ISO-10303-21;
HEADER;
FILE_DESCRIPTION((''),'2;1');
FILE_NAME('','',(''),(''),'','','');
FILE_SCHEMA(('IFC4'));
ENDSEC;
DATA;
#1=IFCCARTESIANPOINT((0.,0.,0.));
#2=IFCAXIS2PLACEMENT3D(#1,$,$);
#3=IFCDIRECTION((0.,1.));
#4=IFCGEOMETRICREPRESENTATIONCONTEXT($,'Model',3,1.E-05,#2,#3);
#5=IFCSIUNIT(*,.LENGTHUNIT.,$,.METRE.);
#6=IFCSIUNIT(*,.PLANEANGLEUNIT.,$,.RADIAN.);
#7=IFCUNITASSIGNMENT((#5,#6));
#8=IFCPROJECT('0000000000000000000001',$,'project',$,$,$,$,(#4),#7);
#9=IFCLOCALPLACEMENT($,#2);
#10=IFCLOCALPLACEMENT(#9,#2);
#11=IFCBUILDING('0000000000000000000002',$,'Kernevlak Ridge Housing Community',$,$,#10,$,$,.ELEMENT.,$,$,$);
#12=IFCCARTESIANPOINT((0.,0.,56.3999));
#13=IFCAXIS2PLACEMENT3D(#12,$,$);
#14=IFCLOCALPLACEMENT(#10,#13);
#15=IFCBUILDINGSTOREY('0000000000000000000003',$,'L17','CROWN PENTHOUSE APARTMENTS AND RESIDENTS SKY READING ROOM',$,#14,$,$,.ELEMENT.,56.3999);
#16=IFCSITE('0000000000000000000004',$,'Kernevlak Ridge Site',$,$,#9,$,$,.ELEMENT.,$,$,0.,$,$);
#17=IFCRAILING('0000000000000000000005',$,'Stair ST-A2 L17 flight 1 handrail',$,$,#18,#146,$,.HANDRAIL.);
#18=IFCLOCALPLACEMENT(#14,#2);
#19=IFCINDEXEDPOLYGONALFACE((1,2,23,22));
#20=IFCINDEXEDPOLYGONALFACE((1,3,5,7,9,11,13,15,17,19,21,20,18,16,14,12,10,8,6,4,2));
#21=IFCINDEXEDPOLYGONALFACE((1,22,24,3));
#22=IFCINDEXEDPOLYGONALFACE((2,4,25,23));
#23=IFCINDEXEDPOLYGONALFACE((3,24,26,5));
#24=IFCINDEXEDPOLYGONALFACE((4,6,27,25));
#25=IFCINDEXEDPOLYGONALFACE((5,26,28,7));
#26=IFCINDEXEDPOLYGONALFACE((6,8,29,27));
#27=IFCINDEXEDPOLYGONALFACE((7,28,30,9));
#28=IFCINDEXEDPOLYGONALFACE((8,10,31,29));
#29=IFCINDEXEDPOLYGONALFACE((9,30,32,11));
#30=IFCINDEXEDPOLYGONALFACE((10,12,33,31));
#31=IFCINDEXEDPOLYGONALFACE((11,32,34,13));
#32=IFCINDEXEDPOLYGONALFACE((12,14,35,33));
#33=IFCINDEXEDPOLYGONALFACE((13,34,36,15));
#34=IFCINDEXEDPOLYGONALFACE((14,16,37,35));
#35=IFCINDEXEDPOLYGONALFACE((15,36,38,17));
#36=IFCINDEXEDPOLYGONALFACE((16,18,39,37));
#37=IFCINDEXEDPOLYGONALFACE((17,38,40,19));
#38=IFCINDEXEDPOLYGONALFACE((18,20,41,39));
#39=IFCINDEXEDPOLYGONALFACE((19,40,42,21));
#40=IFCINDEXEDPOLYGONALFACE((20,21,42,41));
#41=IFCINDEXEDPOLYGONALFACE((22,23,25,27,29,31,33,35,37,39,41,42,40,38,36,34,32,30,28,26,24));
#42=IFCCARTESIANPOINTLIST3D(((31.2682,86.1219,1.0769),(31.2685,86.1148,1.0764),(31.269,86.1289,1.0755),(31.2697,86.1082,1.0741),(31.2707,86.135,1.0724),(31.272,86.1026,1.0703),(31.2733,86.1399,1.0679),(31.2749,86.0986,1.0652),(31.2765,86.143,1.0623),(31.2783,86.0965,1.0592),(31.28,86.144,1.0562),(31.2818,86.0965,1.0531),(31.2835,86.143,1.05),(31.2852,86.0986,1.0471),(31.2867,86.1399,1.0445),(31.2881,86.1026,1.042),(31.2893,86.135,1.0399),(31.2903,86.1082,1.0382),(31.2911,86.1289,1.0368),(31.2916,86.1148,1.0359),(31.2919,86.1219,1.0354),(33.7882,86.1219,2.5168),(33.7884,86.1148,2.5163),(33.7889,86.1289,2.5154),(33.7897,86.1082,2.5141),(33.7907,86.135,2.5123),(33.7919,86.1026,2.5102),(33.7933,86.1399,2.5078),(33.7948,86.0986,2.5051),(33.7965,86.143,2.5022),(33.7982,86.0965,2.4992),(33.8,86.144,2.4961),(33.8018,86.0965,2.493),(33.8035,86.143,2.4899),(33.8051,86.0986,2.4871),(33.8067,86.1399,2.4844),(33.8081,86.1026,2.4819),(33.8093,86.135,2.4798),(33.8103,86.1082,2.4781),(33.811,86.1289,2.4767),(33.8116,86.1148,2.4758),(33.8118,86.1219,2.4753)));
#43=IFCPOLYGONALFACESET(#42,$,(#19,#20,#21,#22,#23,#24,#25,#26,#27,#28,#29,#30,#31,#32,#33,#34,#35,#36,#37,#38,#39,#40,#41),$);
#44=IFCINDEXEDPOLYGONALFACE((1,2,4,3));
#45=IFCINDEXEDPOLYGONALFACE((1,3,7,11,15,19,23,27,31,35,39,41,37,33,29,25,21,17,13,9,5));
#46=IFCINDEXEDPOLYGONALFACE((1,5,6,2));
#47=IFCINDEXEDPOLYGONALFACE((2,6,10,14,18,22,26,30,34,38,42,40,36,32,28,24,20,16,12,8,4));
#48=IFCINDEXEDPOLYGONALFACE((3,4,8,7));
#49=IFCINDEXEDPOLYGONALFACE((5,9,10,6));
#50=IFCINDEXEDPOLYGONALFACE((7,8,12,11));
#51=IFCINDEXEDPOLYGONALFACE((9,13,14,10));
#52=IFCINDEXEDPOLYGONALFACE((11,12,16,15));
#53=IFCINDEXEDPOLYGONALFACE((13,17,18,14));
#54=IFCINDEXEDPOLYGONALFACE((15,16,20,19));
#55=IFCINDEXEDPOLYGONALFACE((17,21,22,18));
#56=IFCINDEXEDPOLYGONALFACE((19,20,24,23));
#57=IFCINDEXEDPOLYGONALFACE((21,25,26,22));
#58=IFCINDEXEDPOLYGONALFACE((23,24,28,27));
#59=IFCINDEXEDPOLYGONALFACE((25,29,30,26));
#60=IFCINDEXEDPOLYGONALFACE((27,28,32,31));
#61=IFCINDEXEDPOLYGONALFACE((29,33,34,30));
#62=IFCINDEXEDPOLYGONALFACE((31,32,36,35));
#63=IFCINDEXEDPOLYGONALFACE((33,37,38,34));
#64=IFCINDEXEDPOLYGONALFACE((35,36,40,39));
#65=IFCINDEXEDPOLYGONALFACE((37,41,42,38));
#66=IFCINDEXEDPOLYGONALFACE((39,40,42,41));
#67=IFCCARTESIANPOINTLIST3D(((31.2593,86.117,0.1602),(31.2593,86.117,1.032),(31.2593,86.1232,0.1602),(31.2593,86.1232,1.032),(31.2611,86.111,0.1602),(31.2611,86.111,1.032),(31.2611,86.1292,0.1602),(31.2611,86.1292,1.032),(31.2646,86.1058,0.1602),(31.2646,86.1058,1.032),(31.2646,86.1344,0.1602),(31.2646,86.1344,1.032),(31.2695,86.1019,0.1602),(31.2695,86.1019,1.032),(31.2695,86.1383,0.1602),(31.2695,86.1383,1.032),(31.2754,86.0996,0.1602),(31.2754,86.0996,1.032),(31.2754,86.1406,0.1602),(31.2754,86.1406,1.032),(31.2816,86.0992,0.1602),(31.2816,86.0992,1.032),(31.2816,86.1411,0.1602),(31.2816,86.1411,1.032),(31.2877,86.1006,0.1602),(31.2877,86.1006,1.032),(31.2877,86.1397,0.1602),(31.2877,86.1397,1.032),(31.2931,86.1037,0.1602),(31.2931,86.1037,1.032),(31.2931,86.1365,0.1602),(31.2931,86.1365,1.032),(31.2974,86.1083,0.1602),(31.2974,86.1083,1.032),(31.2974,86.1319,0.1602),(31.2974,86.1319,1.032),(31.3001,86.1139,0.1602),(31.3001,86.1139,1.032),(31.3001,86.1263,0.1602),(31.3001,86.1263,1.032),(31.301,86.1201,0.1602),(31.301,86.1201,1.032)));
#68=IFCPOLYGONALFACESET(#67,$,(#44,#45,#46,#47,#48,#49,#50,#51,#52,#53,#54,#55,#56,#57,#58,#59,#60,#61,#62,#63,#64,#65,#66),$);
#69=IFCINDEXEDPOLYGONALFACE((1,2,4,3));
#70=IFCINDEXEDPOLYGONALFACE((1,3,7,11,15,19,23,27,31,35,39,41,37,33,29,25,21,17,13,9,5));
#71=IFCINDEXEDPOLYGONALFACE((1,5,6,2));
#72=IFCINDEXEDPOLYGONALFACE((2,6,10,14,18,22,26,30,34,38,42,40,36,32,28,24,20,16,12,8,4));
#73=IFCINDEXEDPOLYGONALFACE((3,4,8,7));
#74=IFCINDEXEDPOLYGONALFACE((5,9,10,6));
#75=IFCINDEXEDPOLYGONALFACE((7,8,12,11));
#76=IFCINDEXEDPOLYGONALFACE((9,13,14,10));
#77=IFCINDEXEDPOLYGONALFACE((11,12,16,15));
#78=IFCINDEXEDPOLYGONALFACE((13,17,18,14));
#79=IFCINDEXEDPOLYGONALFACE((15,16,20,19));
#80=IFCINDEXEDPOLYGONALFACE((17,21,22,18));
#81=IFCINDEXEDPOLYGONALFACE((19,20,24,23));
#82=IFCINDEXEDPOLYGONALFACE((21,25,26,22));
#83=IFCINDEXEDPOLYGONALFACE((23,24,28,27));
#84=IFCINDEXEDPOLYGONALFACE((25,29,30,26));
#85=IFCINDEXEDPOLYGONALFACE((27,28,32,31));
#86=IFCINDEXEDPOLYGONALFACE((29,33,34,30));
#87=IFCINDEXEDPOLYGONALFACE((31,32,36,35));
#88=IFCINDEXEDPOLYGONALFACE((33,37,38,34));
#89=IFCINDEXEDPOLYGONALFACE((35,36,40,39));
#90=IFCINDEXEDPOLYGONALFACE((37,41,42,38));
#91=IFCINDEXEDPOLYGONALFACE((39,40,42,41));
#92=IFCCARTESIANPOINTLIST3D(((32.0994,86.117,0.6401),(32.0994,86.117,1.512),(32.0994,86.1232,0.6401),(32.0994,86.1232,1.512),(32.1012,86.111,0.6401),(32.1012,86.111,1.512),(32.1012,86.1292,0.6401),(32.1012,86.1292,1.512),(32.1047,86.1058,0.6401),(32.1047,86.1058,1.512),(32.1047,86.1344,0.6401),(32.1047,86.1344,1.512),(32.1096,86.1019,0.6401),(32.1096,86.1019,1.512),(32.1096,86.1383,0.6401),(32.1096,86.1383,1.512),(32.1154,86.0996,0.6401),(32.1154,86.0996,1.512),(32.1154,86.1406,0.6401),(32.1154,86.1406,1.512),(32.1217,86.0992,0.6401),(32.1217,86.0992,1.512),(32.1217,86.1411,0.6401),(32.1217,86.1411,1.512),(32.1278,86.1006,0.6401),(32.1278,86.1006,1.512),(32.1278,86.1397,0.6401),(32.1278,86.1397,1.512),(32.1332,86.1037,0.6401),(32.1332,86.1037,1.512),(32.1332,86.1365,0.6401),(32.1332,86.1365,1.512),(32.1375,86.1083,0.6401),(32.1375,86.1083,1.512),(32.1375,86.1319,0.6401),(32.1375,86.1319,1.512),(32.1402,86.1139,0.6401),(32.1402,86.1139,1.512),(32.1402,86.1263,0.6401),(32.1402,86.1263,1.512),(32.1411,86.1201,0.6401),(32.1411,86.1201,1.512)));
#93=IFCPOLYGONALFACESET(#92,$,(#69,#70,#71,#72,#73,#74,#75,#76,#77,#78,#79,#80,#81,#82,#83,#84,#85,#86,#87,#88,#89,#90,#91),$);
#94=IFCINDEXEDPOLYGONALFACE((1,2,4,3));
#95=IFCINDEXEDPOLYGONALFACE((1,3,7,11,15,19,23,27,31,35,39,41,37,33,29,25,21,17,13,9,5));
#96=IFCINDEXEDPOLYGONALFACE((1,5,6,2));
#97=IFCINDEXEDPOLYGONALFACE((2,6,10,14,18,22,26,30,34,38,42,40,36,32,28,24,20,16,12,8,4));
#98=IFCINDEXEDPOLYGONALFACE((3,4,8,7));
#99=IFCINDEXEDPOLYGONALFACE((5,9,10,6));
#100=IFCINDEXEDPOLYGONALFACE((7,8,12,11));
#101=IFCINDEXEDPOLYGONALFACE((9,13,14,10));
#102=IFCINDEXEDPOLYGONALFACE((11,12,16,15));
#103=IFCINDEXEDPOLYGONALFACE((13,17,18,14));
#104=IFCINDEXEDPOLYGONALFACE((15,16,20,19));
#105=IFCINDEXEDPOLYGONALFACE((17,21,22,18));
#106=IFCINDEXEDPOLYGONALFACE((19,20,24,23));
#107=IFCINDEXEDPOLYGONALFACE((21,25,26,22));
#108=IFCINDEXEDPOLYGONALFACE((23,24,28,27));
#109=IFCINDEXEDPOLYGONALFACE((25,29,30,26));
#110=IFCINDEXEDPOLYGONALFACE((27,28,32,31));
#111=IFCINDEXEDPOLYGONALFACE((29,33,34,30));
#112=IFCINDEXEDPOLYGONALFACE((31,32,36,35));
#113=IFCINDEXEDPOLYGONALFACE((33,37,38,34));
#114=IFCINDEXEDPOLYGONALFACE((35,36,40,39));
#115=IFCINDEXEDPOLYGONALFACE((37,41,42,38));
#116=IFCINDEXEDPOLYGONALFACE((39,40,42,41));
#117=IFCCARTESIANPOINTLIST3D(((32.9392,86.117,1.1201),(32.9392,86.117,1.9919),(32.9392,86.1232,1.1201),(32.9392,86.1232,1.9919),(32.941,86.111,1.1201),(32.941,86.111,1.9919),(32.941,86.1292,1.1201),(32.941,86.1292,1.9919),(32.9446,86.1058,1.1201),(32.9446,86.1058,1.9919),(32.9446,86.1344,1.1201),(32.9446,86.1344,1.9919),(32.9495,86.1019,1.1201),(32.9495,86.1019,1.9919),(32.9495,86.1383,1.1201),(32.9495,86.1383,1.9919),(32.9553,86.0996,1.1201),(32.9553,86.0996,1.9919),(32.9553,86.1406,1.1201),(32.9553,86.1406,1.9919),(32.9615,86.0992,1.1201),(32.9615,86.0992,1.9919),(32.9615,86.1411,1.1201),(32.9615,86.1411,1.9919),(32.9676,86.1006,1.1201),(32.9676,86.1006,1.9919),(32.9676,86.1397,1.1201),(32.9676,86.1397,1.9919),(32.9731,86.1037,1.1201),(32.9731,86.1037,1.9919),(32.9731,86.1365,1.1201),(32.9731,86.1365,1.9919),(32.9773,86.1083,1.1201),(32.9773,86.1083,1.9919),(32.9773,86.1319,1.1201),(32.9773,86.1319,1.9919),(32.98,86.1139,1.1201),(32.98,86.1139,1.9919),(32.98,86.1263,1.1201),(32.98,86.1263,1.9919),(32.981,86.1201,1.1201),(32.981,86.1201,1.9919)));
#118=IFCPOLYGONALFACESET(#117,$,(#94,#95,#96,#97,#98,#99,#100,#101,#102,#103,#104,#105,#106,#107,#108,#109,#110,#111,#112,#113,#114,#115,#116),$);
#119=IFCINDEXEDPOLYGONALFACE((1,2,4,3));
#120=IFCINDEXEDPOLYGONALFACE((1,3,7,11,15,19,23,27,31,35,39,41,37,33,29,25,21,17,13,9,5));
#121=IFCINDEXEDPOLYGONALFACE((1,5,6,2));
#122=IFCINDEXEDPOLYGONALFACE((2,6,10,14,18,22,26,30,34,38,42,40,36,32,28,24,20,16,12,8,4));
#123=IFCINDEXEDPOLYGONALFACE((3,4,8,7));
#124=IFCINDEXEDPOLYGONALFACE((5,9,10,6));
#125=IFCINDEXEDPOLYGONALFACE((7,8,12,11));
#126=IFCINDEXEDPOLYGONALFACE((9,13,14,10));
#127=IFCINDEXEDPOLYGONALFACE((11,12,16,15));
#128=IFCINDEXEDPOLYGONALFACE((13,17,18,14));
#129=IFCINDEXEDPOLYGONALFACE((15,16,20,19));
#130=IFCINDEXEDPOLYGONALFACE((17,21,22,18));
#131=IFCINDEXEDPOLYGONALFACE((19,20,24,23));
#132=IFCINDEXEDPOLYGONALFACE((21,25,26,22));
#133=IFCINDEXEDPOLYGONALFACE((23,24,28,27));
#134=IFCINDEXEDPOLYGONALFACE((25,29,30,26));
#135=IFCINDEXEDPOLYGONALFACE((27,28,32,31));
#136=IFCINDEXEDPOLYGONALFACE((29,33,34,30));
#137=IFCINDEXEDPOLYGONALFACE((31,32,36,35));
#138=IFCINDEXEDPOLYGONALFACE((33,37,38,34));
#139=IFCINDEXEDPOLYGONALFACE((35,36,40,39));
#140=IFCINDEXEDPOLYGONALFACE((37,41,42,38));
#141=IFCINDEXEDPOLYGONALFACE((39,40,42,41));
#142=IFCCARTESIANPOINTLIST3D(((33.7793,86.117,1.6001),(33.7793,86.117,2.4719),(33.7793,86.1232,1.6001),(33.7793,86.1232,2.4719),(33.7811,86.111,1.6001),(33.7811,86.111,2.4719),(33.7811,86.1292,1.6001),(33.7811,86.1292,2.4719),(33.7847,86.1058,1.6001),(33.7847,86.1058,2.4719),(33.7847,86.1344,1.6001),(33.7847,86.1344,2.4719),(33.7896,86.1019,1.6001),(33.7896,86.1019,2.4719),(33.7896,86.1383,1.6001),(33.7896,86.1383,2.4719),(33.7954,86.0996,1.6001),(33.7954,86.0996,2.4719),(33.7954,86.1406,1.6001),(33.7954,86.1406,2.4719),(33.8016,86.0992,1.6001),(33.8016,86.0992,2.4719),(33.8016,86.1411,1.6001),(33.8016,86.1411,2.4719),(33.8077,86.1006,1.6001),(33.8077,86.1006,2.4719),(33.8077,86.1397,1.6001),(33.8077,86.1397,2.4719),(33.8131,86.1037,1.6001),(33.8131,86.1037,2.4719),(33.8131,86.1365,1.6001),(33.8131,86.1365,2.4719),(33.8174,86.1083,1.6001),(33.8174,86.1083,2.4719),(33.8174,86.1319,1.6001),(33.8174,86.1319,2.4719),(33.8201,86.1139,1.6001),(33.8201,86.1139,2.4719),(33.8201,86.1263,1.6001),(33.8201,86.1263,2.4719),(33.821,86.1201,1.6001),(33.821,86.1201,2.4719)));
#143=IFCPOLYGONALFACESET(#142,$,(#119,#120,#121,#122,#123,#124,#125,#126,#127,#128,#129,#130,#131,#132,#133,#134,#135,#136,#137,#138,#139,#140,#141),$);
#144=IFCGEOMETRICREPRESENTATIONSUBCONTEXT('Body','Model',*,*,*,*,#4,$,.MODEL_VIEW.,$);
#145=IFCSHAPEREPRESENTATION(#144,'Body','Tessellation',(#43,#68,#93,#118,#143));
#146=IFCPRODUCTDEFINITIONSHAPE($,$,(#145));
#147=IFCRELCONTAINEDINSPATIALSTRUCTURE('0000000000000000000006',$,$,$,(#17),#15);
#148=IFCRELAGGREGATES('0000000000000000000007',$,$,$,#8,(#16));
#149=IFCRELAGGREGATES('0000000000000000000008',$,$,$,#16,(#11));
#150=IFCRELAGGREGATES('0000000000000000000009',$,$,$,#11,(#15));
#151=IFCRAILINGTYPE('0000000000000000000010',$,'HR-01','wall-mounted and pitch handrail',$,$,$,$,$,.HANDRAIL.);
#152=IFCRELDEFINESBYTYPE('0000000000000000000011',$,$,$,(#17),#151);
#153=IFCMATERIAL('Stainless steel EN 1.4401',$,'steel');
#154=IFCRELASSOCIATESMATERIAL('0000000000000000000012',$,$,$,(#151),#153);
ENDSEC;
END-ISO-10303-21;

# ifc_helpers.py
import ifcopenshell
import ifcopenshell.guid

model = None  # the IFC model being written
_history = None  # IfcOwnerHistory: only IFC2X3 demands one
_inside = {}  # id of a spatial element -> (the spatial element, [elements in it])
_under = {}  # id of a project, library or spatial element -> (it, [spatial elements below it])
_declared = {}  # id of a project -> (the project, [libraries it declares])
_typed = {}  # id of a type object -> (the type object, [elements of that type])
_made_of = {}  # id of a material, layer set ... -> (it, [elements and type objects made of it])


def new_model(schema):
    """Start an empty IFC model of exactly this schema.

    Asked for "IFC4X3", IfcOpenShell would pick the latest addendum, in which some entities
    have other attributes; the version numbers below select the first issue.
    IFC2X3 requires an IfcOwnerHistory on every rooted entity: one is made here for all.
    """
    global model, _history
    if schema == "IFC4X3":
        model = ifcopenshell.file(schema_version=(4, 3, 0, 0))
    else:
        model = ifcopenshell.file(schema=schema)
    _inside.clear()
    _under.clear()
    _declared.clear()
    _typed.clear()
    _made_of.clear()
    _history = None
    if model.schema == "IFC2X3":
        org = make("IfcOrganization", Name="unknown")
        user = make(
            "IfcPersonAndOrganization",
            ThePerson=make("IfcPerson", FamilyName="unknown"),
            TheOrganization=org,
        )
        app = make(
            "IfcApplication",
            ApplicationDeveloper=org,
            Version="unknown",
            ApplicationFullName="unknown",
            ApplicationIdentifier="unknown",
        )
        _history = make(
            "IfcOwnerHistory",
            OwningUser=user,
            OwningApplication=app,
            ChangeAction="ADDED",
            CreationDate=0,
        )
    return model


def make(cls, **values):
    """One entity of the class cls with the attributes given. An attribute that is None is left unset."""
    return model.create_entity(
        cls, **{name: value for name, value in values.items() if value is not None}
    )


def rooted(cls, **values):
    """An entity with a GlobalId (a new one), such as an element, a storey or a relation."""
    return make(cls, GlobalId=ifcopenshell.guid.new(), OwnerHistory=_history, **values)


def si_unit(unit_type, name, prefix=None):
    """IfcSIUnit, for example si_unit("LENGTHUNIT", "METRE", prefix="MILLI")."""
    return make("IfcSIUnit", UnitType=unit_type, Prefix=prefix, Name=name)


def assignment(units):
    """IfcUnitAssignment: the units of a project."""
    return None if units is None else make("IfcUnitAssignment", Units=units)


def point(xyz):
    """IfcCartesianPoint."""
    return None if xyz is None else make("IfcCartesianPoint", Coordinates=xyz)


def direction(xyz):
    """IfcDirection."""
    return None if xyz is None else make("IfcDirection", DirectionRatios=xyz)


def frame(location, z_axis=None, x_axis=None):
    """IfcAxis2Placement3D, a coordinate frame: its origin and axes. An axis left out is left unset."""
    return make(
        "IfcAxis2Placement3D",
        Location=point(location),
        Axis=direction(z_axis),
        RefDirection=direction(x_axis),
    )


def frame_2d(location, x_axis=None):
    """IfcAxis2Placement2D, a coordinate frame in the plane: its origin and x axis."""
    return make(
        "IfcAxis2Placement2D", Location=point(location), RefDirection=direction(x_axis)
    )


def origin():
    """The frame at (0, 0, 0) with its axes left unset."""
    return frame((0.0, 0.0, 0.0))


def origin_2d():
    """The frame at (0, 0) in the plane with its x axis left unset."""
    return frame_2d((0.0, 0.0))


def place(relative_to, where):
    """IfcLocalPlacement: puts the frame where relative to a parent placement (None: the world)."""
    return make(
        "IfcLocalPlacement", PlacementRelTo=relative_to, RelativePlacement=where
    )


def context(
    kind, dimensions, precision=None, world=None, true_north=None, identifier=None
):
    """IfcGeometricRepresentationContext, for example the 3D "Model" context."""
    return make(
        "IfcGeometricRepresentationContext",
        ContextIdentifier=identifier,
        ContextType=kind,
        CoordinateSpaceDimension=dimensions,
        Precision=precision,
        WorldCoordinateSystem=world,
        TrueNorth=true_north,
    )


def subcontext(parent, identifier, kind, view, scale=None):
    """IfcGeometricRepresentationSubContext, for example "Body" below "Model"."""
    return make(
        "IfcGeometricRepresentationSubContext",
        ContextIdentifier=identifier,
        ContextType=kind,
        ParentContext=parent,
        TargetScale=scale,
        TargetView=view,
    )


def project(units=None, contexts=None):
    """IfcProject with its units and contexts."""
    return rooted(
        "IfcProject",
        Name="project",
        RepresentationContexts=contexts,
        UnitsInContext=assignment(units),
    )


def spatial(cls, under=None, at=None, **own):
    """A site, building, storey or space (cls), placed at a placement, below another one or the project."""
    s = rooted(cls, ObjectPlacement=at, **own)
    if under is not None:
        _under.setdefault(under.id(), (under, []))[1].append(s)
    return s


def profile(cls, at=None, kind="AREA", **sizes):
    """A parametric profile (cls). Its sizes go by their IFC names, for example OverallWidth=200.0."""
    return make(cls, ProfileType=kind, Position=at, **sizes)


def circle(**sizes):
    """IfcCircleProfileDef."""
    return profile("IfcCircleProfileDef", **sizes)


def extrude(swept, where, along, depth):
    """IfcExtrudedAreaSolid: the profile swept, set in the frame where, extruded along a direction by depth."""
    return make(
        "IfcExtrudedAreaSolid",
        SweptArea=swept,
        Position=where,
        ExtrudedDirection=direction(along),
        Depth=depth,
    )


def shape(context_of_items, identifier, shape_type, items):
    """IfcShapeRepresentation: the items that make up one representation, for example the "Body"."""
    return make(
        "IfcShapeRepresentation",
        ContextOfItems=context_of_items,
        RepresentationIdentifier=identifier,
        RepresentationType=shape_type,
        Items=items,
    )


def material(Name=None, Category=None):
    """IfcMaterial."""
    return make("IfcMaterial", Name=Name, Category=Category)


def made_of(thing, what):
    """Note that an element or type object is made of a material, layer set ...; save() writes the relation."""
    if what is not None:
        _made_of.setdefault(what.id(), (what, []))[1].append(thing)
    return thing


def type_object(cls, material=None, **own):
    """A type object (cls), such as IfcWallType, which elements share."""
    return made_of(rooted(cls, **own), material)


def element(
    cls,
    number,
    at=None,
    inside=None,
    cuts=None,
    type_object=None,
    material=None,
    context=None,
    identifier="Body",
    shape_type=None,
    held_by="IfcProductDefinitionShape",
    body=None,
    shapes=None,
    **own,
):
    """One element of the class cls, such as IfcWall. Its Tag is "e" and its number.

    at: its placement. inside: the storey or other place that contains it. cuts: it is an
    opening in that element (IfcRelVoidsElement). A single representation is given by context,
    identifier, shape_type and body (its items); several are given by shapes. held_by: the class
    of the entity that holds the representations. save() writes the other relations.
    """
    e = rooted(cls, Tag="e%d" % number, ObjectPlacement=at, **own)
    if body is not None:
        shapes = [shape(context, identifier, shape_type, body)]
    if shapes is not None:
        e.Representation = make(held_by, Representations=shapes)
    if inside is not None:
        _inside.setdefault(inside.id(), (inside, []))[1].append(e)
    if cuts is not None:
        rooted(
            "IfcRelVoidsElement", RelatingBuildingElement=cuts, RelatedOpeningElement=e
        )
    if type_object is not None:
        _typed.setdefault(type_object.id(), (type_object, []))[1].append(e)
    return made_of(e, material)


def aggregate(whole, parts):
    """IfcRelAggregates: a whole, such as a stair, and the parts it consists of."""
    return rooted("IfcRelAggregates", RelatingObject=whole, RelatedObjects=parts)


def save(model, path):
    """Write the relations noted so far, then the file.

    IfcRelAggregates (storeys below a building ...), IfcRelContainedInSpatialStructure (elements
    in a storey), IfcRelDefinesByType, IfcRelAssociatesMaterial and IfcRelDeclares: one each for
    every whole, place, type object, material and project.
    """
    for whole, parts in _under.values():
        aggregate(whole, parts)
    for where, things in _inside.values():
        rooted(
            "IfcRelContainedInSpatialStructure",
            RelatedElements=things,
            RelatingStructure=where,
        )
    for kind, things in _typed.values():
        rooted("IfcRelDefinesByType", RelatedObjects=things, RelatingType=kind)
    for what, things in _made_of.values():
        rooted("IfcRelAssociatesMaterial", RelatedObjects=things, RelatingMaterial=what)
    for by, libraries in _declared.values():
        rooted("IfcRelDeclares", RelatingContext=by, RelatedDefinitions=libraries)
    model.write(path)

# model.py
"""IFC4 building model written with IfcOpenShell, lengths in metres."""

from ifc_helpers import new_model, si_unit, direction, frame, origin, origin_2d, place, context, subcontext, project, spatial, circle, extrude, material, type_object, element, save


model = new_model("IFC4")

# Units and contexts
model_context = context("Model", 3, precision=1e-05, world=origin(), true_north=direction((0.0, 1.0)))
body_context = subcontext(model_context, "Body", "Model", "MODEL_VIEW")
ifc_project = project(units=[si_unit("LENGTHUNIT", "METRE"), si_unit("PLANEANGLEUNIT", "RADIAN")], contexts=[model_context])

# Site, building, storey
site_placement = place(None, origin())
site = spatial("IfcSite", under=ifc_project, at=site_placement, Name="Kernevlak Ridge Site", CompositionType="ELEMENT", RefElevation=0.0)
building_placement = place(site_placement, origin())
building = spatial("IfcBuilding", under=site, at=building_placement, Name="Kernevlak Ridge Housing Community", CompositionType="ELEMENT")
storey_placement = place(building_placement, frame((0.0, 0.0, 56.3999)))
storey = spatial("IfcBuildingStorey", under=building, at=storey_placement, Name="L17", Description="CROWN PENTHOUSE APARTMENTS AND RESIDENTS SKY READING ROOM", CompositionType="ELEMENT", Elevation=56.3999)

# Railing
ifc_material_1 = material(Name="Stainless steel EN 1.4401", Category="steel")
railing_type_1 = type_object("IfcRailingType", Name="HR-01", Description="wall-mounted and pitch handrail", PredefinedType="HANDRAIL", material=ifc_material_1)
railing_1_placement = place(storey_placement, frame((31.28, 86.1201, 0.1602)))
element("IfcRailing", 1, at=railing_1_placement, inside=storey, type_object=railing_type_1, Name="Stair ST-A2 L17 flight 1 handrail", PredefinedType="HANDRAIL", context=body_context, shape_type="SweptSolid", body=[
    extrude(circle(Radius=0.0239, at=origin_2d()), frame((0.0, 0.0, 0.896), z_axis=(0.868253, 0.0, 0.496121), x_axis=(0.0, 1.0, 0.0)), (0.0, 0.0, 1.0), 2.9023),
    extrude(circle(Radius=0.021, at=origin_2d()), origin(), (0.0, 0.0, 1.0), 0.8718),
    extrude(circle(Radius=0.021, at=origin_2d()), frame((0.8401, 0.0, 0.48)), (0.0, 0.0, 1.0), 0.8718),
    extrude(circle(Radius=0.021, at=origin_2d()), frame((1.6799, 0.0, 0.96)), (0.0, 0.0, 1.0), 0.8718),
    extrude(circle(Radius=0.021, at=origin_2d()), frame((2.52, 0.0, 1.4399)), (0.0, 0.0, 1.0), 0.8718),
])

save(model, "model.ifc")
